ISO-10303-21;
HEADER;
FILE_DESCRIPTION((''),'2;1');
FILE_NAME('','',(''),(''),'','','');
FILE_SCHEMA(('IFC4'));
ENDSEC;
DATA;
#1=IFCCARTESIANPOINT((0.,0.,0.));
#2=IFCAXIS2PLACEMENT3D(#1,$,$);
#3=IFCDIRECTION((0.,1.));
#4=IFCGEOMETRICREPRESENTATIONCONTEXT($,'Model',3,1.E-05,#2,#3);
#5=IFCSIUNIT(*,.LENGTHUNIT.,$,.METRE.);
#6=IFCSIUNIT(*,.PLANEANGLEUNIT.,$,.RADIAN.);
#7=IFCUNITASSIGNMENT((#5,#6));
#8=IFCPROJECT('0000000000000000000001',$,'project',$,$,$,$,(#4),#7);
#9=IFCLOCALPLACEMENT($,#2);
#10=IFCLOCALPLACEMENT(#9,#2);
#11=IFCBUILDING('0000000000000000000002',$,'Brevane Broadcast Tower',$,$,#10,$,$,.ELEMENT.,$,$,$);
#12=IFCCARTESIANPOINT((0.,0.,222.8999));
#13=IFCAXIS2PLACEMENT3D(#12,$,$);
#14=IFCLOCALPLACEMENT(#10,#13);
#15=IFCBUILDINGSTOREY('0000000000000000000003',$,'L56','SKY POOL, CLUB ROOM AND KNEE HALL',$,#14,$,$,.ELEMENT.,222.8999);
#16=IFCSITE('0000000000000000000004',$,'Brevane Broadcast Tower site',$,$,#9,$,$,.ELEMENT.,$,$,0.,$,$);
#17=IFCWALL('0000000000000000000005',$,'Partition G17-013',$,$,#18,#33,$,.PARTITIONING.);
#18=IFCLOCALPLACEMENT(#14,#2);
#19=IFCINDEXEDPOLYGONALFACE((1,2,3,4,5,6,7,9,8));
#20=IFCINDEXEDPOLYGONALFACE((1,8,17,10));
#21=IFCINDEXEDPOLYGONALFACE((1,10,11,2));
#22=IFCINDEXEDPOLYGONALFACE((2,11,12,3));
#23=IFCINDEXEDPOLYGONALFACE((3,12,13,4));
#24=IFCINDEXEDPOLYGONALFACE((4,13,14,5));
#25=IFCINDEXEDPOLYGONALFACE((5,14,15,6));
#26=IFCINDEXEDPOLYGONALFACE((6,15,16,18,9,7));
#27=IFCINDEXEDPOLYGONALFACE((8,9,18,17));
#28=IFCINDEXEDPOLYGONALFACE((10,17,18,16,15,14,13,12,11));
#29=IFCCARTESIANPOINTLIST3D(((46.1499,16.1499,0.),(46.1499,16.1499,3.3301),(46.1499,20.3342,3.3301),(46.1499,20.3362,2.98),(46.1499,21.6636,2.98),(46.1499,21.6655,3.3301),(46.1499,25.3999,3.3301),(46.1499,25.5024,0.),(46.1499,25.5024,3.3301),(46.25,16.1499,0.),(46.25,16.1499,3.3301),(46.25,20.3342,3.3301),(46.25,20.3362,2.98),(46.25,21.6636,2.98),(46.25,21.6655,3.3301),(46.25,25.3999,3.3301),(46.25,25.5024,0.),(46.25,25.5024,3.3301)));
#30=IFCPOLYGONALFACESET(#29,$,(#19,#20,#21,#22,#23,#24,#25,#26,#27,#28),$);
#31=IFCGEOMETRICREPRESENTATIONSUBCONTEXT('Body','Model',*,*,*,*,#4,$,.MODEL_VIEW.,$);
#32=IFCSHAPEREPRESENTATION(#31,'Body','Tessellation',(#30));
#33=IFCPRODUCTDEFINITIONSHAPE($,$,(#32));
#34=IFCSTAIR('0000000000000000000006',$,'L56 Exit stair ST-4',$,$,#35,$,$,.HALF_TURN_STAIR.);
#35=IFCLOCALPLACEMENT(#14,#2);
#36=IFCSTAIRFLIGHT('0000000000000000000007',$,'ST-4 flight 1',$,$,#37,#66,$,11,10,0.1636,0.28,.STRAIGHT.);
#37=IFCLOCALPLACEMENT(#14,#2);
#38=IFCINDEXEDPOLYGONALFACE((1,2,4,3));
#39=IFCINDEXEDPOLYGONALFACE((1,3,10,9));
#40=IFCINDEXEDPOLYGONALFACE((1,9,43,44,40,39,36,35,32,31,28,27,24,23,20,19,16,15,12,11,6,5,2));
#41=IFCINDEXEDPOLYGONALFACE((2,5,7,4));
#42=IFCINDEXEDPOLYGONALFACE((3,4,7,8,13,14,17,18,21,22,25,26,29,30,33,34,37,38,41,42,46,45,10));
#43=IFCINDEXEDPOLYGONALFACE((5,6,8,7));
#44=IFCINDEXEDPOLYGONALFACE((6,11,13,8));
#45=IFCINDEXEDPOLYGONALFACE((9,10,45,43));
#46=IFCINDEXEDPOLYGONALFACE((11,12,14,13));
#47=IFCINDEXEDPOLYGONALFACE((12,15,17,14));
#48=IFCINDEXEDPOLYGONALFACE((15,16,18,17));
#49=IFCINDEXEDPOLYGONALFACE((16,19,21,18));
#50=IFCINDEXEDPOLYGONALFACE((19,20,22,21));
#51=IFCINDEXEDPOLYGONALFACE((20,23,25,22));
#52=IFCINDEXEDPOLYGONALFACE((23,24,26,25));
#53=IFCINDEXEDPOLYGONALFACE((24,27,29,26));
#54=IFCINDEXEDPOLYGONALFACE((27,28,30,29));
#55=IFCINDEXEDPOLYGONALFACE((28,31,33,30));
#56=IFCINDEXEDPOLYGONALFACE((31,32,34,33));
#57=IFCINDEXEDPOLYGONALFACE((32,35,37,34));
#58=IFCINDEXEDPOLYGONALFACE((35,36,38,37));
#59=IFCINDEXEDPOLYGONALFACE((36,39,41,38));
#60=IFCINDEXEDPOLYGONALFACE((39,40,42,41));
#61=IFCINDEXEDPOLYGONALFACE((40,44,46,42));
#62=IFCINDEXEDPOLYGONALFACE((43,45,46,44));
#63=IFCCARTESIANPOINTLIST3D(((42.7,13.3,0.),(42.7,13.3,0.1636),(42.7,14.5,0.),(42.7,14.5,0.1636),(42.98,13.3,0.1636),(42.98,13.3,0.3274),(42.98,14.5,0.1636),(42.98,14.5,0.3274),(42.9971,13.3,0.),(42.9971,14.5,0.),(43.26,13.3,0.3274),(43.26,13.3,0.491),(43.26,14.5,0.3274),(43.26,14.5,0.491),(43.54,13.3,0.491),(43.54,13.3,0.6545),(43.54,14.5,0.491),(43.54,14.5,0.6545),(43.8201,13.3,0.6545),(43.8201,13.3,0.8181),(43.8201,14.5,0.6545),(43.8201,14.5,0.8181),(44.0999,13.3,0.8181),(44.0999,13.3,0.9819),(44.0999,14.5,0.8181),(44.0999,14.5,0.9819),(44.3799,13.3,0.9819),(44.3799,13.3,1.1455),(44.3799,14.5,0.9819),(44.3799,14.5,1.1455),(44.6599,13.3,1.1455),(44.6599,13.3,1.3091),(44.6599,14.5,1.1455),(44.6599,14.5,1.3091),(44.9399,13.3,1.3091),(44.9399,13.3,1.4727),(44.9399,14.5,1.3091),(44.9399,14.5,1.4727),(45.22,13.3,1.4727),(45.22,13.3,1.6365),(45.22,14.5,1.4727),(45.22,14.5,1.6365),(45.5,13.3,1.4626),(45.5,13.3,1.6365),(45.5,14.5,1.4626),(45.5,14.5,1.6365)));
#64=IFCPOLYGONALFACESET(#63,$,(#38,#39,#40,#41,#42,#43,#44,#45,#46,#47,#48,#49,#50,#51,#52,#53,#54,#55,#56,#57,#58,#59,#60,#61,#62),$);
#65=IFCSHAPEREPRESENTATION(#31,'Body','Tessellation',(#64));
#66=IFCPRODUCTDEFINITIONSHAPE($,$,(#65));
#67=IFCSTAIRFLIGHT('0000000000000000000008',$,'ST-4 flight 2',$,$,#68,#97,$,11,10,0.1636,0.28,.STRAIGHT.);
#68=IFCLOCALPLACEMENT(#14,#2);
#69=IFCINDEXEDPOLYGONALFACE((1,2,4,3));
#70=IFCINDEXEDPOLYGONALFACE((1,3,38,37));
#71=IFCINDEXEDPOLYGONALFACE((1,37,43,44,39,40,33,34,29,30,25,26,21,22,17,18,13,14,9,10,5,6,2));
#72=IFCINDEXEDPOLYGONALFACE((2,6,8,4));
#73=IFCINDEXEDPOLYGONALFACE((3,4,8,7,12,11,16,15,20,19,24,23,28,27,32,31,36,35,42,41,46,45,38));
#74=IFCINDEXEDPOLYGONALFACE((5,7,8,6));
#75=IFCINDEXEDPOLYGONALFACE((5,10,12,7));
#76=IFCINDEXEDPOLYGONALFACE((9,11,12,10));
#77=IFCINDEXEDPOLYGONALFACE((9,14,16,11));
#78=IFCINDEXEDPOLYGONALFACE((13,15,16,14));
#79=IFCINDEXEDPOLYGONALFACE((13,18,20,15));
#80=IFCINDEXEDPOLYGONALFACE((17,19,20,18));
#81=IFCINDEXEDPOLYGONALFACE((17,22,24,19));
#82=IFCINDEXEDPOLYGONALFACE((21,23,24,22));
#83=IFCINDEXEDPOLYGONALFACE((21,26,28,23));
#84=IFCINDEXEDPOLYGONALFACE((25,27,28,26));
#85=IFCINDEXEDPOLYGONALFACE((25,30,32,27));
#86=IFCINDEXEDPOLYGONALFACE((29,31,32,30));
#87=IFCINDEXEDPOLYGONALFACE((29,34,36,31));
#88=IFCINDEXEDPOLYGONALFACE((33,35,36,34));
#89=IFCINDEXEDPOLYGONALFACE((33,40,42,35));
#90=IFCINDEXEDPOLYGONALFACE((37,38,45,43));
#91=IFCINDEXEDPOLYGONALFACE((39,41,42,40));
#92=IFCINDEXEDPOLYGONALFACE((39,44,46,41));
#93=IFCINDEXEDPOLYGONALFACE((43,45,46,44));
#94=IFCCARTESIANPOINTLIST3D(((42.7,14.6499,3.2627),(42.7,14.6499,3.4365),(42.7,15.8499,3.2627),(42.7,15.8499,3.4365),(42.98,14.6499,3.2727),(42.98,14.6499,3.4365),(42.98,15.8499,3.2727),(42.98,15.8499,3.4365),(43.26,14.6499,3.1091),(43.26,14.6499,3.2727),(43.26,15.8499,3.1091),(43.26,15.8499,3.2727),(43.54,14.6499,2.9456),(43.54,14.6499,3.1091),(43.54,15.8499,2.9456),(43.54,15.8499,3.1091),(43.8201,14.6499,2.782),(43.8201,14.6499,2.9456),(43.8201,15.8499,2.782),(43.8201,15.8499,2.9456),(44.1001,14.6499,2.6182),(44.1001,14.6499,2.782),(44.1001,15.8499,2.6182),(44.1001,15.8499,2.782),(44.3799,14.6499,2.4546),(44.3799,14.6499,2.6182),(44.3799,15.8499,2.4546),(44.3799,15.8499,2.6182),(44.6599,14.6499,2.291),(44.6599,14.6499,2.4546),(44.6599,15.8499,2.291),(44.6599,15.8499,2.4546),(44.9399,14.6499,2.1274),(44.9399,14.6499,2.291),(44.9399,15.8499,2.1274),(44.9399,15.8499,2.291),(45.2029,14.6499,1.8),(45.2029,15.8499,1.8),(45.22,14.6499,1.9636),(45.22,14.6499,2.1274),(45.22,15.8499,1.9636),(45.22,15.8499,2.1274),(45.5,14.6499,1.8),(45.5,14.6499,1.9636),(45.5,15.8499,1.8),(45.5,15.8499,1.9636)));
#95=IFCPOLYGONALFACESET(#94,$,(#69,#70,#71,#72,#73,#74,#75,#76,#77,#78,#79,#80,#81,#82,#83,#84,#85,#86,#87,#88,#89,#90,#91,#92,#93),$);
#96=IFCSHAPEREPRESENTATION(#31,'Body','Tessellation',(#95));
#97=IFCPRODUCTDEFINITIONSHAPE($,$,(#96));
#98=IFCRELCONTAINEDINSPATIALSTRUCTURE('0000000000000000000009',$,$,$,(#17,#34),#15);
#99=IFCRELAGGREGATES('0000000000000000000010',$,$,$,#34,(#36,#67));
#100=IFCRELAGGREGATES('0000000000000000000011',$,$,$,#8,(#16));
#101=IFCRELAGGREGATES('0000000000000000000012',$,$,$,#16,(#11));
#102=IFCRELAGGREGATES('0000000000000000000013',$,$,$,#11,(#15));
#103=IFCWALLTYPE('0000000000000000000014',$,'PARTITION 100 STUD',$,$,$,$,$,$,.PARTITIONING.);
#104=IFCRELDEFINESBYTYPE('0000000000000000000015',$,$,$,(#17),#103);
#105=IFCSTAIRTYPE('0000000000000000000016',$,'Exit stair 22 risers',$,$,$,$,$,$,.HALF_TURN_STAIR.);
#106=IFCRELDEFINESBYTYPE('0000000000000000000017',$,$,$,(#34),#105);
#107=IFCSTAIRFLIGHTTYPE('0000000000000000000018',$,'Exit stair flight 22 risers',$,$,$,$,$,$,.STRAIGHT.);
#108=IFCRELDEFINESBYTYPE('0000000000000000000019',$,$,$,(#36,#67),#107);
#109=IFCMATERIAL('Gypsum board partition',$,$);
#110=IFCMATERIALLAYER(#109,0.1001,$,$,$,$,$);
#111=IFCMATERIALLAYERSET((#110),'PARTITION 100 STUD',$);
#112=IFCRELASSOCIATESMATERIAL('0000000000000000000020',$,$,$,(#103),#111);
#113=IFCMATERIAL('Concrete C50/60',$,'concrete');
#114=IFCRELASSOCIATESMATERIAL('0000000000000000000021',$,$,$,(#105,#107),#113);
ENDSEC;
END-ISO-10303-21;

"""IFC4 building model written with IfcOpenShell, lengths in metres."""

from ifc_helpers import new_model, si_unit, direction, frame, origin, place, context, subcontext, project, spatial, polyline, outline, extrude, material, layer, layer_set, type_object, element, aggregate, save


model = new_model("IFC4")

# Units and contexts
model_context = context("Model", 3, precision=1e-05, world=origin(), true_north=direction((0.0, 1.0)))
body_context = subcontext(model_context, "Body", "Model", "MODEL_VIEW")
ifc_project = project(units=[si_unit("LENGTHUNIT", "METRE"), si_unit("PLANEANGLEUNIT", "RADIAN")], contexts=[model_context])

# Site, building, storey
site_placement = place(None, origin())
site = spatial("IfcSite", under=ifc_project, at=site_placement, Name="Brevane Broadcast Tower site", CompositionType="ELEMENT", RefElevation=0.0)
building_placement = place(site_placement, origin())
building = spatial("IfcBuilding", under=site, at=building_placement, Name="Brevane Broadcast Tower", CompositionType="ELEMENT")
storey_placement = place(building_placement, frame((0.0, 0.0, 222.8999)))
storey = spatial("IfcBuildingStorey", under=building, at=storey_placement, Name="L56", Description="SKY POOL, CLUB ROOM AND KNEE HALL", CompositionType="ELEMENT", Elevation=222.8999)

# Shared definitions
ifc_material_1 = material(Name="Concrete C50/60", Category="concrete")

# Wall
ifc_material_2 = material(Name="Gypsum board partition")
ifc_layer_1 = layer(ifc_material_2, 0.1001)
ifc_layer_set_1 = layer_set([ifc_layer_1], Name="PARTITION 100 STUD")
wall_type_1 = type_object("IfcWallType", Name="PARTITION 100 STUD", PredefinedType="PARTITIONING", material=ifc_layer_set_1)
wall_1_placement = place(storey_placement, frame((46.2, 16.1499, 0.0), z_axis=(0.0, 0.0, 1.0), x_axis=(0.0, 1.0, 0.0)))
element("IfcWall", 1, at=wall_1_placement, inside=storey, type_object=wall_type_1, Name="Partition G17-013", PredefinedType="PARTITIONING", context=body_context, shape_type="SweptSolid", body=[
    extrude(outline(polyline([(0.0, 0.0), (9.3525, 0.0), (9.3525, 3.3301), (9.25, 3.3301), (5.5156, 3.3301), (5.5137, 2.98), (4.1863, 2.98), (4.1843, 3.3301), (0.0, 3.3301), (0.0, 0.0)])), frame((0.0, 0.05, 0.0), z_axis=(0.0, -1.0, 0.0), x_axis=(1.0, 0.0, 0.0)), (0.0, 0.0, 1.0), 0.1001),
])

# Stair, stair flights
stair_type = type_object("IfcStairType", Name="Exit stair 22 risers", PredefinedType="HALF_TURN_STAIR", material=ifc_material_1)
stair_placement = place(storey_placement, origin())
stair = element("IfcStair", 2, at=stair_placement, inside=storey, type_object=stair_type, Name="L56 Exit stair ST-4", PredefinedType="HALF_TURN_STAIR")
stair_flight_type = type_object("IfcStairFlightType", Name="Exit stair flight 22 risers", PredefinedType="STRAIGHT", material=ifc_material_1)
stair_flight_1_placement = place(storey_placement, frame((42.7, 13.8999, 0.0), z_axis=(0.0, 0.0, 1.0), x_axis=(1.0, 0.0, 0.0)))
stair_flight_1 = element("IfcStairFlight", 3, at=stair_flight_1_placement, type_object=stair_flight_type, Name="ST-4 flight 1", NumberOfRisers=11, NumberOfTreads=10, PredefinedType="STRAIGHT", RiserHeight=0.1636, TreadLength=0.28, context=body_context, shape_type="SweptSolid", body=[
    extrude(outline(polyline([(0.0, 0.0), (0.0, 0.1636), (0.28, 0.1636), (0.28, 0.3274), (0.5601, 0.3274), (0.5601, 0.491), (0.8401, 0.491), (0.8401, 0.6545), (1.1201, 0.6545), (1.1201, 0.8181), (1.3999, 0.8181), (1.3999, 0.9819), (1.6799, 0.9819), (1.6799, 1.1455), (1.96, 1.1455), (1.96, 1.3091), (2.24, 1.3091), (2.24, 1.4727), (2.52, 1.4727), (2.52, 1.6365), (2.8, 1.6365), (2.8, 1.8), (2.8, 1.4626), (0.2971, 0.0), (0.0, 0.0)])), frame((0.0, 0.6001, 0.0), z_axis=(0.0, -1.0, 0.0), x_axis=(1.0, 0.0, 0.0)), (0.0, 0.0, 1.0), 1.2),
])
stair_flight_2_placement = place(storey_placement, frame((45.5, 15.25, 1.8), z_axis=(0.0, 0.0, 1.0), x_axis=(-1.0, 0.0, 0.0)))
stair_flight_2 = element("IfcStairFlight", 4, at=stair_flight_2_placement, type_object=stair_flight_type, Name="ST-4 flight 2", NumberOfRisers=11, NumberOfTreads=10, PredefinedType="STRAIGHT", RiserHeight=0.1636, TreadLength=0.28, context=body_context, shape_type="SweptSolid", body=[
    extrude(outline(polyline([(0.0, 0.0), (0.0, 0.1636), (0.28, 0.1636), (0.28, 0.3274), (0.5601, 0.3274), (0.5601, 0.491), (0.8401, 0.491), (0.8401, 0.6545), (1.1201, 0.6545), (1.1201, 0.8181), (1.3999, 0.8181), (1.3999, 0.9819), (1.6799, 0.9819), (1.6799, 1.1455), (1.96, 1.1455), (1.96, 1.3091), (2.24, 1.3091), (2.24, 1.4727), (2.52, 1.4727), (2.52, 1.6365), (2.8, 1.6365), (2.8, 1.8), (2.8, 1.4626), (0.2971, 0.0), (0.0, 0.0)])), frame((0.0, 0.6001, 0.0), z_axis=(0.0, -1.0, 0.0), x_axis=(1.0, 0.0, 0.0)), (0.0, 0.0, 1.0), 1.2),
])
aggregate(stair, [stair_flight_1, stair_flight_2])

save(model, "model.ifc")
